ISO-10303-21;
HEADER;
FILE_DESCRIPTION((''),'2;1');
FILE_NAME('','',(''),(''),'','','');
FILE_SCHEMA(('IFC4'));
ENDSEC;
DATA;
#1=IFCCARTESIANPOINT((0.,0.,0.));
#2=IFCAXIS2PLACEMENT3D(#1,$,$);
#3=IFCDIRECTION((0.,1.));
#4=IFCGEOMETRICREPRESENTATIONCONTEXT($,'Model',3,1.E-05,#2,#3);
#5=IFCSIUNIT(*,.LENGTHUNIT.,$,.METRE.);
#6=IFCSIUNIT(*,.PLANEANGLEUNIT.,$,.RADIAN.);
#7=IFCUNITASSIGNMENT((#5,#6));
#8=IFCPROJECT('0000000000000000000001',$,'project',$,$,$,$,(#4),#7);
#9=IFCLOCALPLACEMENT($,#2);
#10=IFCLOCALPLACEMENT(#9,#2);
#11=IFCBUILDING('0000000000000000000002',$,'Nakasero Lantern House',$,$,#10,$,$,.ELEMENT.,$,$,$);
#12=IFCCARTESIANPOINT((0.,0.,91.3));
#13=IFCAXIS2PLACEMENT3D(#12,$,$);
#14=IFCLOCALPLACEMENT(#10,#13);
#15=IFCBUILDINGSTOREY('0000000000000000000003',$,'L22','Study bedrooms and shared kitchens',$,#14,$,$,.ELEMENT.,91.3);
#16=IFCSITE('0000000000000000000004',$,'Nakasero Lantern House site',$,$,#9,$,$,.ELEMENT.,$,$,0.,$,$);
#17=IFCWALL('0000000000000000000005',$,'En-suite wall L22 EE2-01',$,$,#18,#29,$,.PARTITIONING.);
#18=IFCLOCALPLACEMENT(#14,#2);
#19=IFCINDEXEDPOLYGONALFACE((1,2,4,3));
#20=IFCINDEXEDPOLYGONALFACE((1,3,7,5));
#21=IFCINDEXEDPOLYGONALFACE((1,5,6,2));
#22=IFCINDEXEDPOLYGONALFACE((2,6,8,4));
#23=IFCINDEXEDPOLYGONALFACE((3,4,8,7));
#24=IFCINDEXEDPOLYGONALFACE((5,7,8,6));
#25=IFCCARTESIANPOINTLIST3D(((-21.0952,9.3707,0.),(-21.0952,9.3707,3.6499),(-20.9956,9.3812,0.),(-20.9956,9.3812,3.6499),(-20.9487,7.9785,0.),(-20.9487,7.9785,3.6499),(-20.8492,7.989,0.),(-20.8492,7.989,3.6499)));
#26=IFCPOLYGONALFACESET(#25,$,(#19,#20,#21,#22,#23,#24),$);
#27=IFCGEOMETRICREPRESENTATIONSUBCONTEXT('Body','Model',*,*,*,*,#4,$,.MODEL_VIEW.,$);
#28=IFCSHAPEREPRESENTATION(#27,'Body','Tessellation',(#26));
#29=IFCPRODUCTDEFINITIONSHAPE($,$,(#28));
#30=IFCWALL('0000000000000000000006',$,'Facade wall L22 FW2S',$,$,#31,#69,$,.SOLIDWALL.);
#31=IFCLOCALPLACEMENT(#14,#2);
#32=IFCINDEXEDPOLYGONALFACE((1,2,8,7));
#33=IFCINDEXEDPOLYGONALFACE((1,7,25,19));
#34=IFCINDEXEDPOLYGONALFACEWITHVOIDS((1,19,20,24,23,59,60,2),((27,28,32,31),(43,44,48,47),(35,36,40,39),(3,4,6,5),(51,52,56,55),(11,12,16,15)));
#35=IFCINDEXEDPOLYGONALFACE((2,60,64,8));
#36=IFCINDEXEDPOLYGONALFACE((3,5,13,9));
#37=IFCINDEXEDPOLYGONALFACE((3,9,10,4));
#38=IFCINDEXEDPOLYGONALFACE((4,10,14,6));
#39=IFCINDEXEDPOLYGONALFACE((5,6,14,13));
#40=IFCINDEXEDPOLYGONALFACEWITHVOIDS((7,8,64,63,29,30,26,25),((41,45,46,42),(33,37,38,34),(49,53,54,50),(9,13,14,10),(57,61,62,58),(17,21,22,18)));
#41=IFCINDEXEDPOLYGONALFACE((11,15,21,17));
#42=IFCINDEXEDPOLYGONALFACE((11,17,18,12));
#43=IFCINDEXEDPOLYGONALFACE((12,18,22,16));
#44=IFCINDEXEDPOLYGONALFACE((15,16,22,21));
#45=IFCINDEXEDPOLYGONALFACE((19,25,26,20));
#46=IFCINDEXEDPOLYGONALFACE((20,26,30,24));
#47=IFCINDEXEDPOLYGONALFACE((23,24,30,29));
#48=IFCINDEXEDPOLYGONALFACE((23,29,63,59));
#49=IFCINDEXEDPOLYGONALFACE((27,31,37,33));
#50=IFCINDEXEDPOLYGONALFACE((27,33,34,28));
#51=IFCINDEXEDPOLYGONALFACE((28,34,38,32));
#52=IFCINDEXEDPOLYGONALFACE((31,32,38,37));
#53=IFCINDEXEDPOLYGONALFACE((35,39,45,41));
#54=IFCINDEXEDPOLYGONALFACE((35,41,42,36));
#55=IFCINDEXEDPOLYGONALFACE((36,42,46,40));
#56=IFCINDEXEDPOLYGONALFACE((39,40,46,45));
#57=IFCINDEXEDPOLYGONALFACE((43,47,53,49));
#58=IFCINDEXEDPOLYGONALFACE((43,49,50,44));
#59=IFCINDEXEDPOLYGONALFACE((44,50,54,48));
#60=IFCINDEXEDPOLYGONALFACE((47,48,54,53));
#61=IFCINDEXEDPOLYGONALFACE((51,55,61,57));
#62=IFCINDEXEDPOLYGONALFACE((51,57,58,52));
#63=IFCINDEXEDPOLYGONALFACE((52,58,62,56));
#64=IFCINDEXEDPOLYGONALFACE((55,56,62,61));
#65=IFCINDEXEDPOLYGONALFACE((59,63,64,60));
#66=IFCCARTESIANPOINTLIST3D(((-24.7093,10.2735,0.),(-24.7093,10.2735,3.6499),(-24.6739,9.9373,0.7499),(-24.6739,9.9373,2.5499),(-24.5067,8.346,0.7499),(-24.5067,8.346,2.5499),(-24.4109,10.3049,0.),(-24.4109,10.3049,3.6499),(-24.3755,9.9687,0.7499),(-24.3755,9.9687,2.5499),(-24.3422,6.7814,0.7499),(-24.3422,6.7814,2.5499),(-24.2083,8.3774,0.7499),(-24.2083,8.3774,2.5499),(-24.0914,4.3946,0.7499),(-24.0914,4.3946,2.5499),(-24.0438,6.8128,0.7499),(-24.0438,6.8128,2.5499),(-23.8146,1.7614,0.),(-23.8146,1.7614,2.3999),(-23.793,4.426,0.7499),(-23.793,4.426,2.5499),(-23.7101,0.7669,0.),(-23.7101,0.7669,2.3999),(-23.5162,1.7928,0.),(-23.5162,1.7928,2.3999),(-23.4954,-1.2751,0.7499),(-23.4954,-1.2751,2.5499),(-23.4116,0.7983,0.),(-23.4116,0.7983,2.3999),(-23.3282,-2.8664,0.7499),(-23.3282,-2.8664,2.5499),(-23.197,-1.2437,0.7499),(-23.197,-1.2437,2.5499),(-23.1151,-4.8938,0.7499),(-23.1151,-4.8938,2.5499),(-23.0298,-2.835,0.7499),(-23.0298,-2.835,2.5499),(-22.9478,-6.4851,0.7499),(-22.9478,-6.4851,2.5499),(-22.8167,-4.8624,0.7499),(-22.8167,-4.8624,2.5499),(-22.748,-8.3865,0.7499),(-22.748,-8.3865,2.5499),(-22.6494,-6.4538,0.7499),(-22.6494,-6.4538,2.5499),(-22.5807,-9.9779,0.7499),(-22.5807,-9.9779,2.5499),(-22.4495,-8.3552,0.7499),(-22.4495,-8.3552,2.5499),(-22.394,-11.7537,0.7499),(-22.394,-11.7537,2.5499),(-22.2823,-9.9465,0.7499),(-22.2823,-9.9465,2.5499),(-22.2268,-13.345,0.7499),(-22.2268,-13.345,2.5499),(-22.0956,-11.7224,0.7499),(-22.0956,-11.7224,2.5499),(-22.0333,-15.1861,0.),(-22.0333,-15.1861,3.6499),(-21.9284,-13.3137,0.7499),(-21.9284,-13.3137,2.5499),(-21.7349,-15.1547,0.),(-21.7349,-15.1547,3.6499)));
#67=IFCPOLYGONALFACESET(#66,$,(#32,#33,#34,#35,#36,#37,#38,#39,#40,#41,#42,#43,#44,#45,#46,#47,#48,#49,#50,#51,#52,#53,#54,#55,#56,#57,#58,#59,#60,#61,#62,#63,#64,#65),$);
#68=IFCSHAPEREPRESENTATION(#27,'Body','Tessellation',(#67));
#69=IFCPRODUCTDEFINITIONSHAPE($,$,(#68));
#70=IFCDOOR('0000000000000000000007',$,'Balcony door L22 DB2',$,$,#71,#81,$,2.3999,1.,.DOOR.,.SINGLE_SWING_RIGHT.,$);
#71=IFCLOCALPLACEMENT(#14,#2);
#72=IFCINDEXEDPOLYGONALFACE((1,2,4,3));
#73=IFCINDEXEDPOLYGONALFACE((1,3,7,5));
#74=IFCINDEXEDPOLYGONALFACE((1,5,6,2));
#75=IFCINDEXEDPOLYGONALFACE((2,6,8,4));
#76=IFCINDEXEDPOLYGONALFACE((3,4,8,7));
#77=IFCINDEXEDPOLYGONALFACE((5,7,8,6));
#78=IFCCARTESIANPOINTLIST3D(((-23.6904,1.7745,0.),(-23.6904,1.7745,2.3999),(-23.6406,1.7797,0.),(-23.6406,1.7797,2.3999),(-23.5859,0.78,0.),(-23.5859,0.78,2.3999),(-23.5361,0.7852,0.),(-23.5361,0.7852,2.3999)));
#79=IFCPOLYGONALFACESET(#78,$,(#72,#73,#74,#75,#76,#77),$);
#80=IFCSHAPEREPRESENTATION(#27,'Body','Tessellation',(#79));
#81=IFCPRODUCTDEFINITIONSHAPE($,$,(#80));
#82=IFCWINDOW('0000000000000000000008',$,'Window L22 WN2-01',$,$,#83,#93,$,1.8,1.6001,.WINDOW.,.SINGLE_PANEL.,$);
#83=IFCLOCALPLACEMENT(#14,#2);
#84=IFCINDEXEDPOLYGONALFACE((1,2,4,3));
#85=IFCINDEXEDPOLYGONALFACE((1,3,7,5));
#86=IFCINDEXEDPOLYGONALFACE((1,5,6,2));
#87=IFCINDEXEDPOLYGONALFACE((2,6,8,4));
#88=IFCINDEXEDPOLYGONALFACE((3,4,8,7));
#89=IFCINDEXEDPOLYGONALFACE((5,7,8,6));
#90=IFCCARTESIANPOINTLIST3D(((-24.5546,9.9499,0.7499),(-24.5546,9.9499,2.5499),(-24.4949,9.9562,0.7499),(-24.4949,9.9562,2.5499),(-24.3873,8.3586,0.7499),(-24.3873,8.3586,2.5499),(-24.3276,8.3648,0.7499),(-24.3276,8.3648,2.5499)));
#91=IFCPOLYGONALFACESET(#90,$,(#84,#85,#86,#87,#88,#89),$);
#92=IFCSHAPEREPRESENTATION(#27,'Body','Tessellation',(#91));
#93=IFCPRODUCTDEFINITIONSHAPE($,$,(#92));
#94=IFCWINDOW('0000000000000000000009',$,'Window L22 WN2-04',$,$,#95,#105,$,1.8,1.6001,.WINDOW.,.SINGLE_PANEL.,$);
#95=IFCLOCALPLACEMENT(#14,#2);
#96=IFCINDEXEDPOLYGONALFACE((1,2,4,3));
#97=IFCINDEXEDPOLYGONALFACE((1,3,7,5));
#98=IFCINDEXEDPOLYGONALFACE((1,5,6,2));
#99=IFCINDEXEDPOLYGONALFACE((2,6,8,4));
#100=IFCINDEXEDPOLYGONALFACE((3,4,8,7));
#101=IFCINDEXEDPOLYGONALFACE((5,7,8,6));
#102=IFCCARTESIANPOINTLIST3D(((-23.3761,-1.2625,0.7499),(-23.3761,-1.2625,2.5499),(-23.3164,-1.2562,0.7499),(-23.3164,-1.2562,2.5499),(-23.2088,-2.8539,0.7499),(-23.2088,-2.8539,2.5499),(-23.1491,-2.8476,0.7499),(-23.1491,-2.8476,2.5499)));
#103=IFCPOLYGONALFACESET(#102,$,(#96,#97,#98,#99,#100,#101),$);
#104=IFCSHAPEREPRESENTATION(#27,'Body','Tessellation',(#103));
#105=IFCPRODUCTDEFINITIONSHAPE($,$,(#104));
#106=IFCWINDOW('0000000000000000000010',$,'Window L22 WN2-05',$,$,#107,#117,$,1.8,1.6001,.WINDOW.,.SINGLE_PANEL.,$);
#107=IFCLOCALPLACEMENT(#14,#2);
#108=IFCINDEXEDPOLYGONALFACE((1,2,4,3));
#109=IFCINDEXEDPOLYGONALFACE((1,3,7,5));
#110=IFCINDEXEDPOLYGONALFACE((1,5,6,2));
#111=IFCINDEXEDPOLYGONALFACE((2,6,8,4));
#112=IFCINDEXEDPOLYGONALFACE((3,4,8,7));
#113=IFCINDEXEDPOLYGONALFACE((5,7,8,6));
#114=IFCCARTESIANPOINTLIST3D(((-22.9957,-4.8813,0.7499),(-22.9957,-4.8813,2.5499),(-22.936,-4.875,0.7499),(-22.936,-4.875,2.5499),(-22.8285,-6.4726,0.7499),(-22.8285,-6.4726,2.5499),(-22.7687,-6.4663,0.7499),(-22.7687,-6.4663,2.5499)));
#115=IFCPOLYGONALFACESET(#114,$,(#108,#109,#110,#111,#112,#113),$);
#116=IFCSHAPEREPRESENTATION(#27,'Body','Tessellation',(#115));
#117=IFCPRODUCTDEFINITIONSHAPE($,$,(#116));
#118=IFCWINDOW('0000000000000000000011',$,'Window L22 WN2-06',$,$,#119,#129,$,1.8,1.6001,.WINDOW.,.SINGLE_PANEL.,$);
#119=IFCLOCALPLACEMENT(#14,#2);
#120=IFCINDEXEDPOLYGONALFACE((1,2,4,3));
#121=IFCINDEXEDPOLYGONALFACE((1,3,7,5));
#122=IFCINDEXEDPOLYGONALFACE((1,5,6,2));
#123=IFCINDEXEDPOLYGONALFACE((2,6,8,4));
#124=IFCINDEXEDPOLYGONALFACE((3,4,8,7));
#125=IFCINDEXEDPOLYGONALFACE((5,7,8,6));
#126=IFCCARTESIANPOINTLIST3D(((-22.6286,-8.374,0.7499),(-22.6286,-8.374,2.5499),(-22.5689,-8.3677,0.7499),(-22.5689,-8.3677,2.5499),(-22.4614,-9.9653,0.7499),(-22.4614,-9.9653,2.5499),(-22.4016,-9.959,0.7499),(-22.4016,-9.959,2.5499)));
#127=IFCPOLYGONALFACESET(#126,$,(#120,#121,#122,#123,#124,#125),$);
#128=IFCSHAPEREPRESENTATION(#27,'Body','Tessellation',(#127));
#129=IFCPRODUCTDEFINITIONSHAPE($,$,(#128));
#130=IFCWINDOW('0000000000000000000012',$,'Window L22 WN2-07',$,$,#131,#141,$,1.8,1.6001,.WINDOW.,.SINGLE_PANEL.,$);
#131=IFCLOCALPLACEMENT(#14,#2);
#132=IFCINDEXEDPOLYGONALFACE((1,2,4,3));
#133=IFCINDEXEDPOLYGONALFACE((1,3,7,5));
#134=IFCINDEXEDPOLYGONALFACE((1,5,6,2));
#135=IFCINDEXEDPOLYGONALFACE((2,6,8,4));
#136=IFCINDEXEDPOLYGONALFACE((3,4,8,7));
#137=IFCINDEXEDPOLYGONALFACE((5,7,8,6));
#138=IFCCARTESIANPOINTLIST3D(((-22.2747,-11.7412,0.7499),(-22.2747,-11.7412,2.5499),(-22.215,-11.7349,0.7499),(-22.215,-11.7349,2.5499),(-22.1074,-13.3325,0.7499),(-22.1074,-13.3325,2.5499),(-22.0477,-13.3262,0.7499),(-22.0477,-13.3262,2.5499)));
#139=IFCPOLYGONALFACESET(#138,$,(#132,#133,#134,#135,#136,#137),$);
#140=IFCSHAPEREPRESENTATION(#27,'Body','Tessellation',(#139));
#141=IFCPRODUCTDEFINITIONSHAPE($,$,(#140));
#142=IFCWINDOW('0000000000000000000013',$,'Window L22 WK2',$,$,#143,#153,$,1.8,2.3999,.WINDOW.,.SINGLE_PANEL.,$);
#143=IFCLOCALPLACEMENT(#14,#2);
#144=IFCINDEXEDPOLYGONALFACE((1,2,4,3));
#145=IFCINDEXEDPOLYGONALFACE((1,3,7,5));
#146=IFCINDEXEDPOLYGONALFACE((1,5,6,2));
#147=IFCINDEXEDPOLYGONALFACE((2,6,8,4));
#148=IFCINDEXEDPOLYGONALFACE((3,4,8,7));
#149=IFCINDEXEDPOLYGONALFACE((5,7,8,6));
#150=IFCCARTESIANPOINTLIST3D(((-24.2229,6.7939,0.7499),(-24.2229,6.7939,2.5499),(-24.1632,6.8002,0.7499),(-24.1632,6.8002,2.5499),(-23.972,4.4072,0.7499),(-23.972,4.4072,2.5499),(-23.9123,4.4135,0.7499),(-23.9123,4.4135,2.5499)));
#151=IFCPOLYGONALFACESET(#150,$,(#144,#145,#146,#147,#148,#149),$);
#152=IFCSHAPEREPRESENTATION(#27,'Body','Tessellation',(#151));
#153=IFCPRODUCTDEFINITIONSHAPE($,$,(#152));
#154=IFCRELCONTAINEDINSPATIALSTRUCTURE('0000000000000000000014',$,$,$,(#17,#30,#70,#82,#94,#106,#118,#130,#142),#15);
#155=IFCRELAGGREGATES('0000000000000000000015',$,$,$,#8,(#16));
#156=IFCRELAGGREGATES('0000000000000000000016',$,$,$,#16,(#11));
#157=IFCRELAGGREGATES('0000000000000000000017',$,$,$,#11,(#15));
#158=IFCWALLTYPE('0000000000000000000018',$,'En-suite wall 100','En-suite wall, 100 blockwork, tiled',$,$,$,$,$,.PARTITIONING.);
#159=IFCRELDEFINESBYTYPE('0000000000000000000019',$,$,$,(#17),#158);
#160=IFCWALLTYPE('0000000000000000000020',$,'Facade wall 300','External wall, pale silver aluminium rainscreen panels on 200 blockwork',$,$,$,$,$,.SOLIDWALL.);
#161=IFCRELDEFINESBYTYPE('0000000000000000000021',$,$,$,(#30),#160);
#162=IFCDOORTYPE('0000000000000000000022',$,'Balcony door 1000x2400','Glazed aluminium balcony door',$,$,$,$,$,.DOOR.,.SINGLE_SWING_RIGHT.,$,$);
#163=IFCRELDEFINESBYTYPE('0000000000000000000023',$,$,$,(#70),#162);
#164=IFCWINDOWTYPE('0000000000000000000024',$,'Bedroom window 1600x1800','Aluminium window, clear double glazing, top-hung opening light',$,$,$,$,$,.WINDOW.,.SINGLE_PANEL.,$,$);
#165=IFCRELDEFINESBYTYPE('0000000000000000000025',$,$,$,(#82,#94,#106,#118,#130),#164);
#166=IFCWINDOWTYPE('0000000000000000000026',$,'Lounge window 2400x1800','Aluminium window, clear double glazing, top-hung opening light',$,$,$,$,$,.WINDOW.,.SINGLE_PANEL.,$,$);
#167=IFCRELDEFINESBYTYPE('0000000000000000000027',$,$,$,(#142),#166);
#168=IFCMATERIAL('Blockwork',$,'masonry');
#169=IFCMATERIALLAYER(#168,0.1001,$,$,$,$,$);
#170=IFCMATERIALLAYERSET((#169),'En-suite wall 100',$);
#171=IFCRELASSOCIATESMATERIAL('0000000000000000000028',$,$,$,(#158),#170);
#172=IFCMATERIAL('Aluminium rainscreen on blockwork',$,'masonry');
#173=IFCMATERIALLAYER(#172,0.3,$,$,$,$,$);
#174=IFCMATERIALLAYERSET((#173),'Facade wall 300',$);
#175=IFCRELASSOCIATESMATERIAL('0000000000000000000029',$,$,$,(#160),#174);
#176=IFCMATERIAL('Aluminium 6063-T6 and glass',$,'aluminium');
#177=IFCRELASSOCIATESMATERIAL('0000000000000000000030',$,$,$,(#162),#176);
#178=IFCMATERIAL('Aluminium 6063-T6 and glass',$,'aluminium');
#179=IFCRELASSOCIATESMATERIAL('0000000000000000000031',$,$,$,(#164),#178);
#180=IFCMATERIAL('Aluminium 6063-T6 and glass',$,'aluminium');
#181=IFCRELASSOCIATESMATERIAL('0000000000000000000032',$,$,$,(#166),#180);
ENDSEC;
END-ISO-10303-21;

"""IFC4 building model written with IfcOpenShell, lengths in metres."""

from ifc_helpers import new_model, si_unit, direction, frame, frame_2d, origin, place, context, subcontext, project, spatial, rectangle, extrude, material, layer, layer_set, type_object, element, fill, save


model = new_model("IFC4")

# Units and contexts
model_context = context("Model", 3, precision=1e-05, world=origin(), true_north=direction((0.0, 1.0)))
body_context = subcontext(model_context, "Body", "Model", "MODEL_VIEW")
ifc_project = project(units=[si_unit("LENGTHUNIT", "METRE"), si_unit("PLANEANGLEUNIT", "RADIAN")], contexts=[model_context])

# Site, building, storey
site_placement = place(None, origin())
site = spatial("IfcSite", under=ifc_project, at=site_placement, Name="Nakasero Lantern House site", CompositionType="ELEMENT", RefElevation=0.0)
building_placement = place(site_placement, origin())
building = spatial("IfcBuilding", under=site, at=building_placement, Name="Nakasero Lantern House", CompositionType="ELEMENT")
storey_placement = place(building_placement, frame((0.0, 0.0, 91.3)))
storey = spatial("IfcBuildingStorey", under=building, at=storey_placement, Name="L22", Description="Study bedrooms and shared kitchens", CompositionType="ELEMENT", Elevation=91.3)

# Shared definitions
ifc_material_1 = material(Name="Blockwork", Category="masonry")
ifc_layer_1 = layer(ifc_material_1, 0.1001)
ifc_layer_set_1 = layer_set([ifc_layer_1], Name="En-suite wall 100")
wall_type_1 = type_object("IfcWallType", Name="En-suite wall 100", Description="En-suite wall, 100 blockwork, tiled", PredefinedType="PARTITIONING", material=ifc_layer_set_1)

# Wall
wall_1_placement = place(storey_placement, frame((-21.0454, 9.376, 0.0), z_axis=(0.0, 0.0, 1.0), x_axis=(0.10463, -0.994511, 0.0)))
element("IfcWall", 1, at=wall_1_placement, inside=storey, type_object=wall_type_1, Name="En-suite wall L22 EE2-01", PredefinedType="PARTITIONING", context=body_context, shape_type="SweptSolid", body=[
    extrude(rectangle(XDim=1.3999, YDim=0.1001, at=frame_2d((0.7, 0.0))), origin(), (0.0, 0.0, 1.0), 3.6499),
])

# Wall, openings, door, windows
ifc_material_2 = material(Name="Aluminium rainscreen on blockwork", Category="masonry")
ifc_layer_2 = layer(ifc_material_2, 0.3)
ifc_layer_set_2 = layer_set([ifc_layer_2], Name="Facade wall 300")
wall_type_2 = type_object("IfcWallType", Name="Facade wall 300", Description="External wall, pale silver aluminium rainscreen panels on 200 blockwork", PredefinedType="SOLIDWALL", material=ifc_layer_set_2)
wall_2_placement = place(storey_placement, frame((-24.5601, 10.2891, 0.0), z_axis=(0.0, 0.0, 1.0), x_axis=(0.104532, -0.994521, 0.0)))
wall_2 = element("IfcWall", 2, at=wall_2_placement, inside=storey, type_object=wall_type_2, Name="Facade wall L22 FW2S", PredefinedType="SOLIDWALL", context=body_context, shape_type="SweptSolid", body=[
    extrude(rectangle(XDim=25.5999, YDim=0.3, at=frame_2d((12.7998, 0.0))), origin(), (0.0, 0.0, 1.0), 3.6499),
])
opening_1_placement = place(wall_2_placement, frame((0.3379, 0.0, 0.75)))
opening_1 = element("IfcOpeningElement", 3, at=opening_1_placement, cuts=wall_2, PredefinedType="OPENING", context=body_context, shape_type="SweptSolid", body=[
    extrude(rectangle(XDim=1.6001, YDim=1.8, at=frame_2d((0.8, 0.8999))), frame((0.0, 0.1699, 0.0), z_axis=(0.0, -1.0, 0.0), x_axis=(1.0, 0.0, 0.0)), (0.0, 0.0, 1.0), 0.3401),
])
opening_2_placement = place(wall_2_placement, frame((11.6121, 0.0, 0.75)))
opening_2 = element("IfcOpeningElement", 4, at=opening_2_placement, cuts=wall_2, PredefinedType="OPENING", context=body_context, shape_type="SweptSolid", body=[
    extrude(rectangle(XDim=1.6001, YDim=1.8, at=frame_2d((0.8, 0.8999))), frame((0.0, 0.1699, 0.0), z_axis=(0.0, -1.0, 0.0), x_axis=(1.0, 0.0, 0.0)), (0.0, 0.0, 1.0), 0.3401),
])
opening_3_placement = place(wall_2_placement, frame((15.2507, 0.0, 0.75)))
opening_3 = element("IfcOpeningElement", 5, at=opening_3_placement, cuts=wall_2, PredefinedType="OPENING", context=body_context, shape_type="SweptSolid", body=[
    extrude(rectangle(XDim=1.6001, YDim=1.8, at=frame_2d((0.8, 0.8999))), frame((0.0, 0.1699, 0.0), z_axis=(0.0, -1.0, 0.0), x_axis=(1.0, 0.0, 0.0)), (0.0, 0.0, 1.0), 0.3401),
])
opening_4_placement = place(wall_2_placement, frame((18.7627, 0.0, 0.75)))
opening_4 = element("IfcOpeningElement", 6, at=opening_4_placement, cuts=wall_2, PredefinedType="OPENING", context=body_context, shape_type="SweptSolid", body=[
    extrude(rectangle(XDim=1.6001, YDim=1.8, at=frame_2d((0.8, 0.8999))), frame((0.0, 0.1699, 0.0), z_axis=(0.0, -1.0, 0.0), x_axis=(1.0, 0.0, 0.0)), (0.0, 0.0, 1.0), 0.3401),
])
opening_5_placement = place(wall_2_placement, frame((22.1484, 0.0, 0.75)))
opening_5 = element("IfcOpeningElement", 7, at=opening_5_placement, cuts=wall_2, PredefinedType="OPENING", context=body_context, shape_type="SweptSolid", body=[
    extrude(rectangle(XDim=1.6001, YDim=1.8, at=frame_2d((0.8, 0.8999))), frame((0.0, 0.1699, 0.0), z_axis=(0.0, -1.0, 0.0), x_axis=(1.0, 0.0, 0.0)), (0.0, 0.0, 1.0), 0.3401),
])
opening_6_placement = place(wall_2_placement, frame((3.5112, 0.0, 0.75)))
opening_6 = element("IfcOpeningElement", 8, at=opening_6_placement, cuts=wall_2, PredefinedType="OPENING", context=body_context, shape_type="SweptSolid", body=[
    extrude(rectangle(XDim=2.3999, YDim=1.8, at=frame_2d((1.2, 0.8999))), frame((0.0, 0.1699, 0.0), z_axis=(0.0, -1.0, 0.0), x_axis=(1.0, 0.0, 0.0)), (0.0, 0.0, 1.0), 0.3401),
])
opening_7_placement = place(wall_2_placement, frame((8.5588, 0.0, 0.0)))
opening_7 = element("IfcOpeningElement", 9, at=opening_7_placement, cuts=wall_2, PredefinedType="OPENING", context=body_context, shape_type="SweptSolid", body=[
    extrude(rectangle(XDim=1.0, YDim=2.3999, at=frame_2d((0.5, 1.2))), frame((0.0, 0.1699, 0.0), z_axis=(0.0, -1.0, 0.0), x_axis=(1.0, 0.0, 0.0)), (0.0, 0.0, 1.0), 0.3401),
])
ifc_material_3 = material(Name="Aluminium 6063-T6 and glass", Category="aluminium")
door_type_1 = type_object("IfcDoorType", Name="Balcony door 1000x2400", Description="Glazed aluminium balcony door", OperationType="SINGLE_SWING_RIGHT", PredefinedType="DOOR", material=ifc_material_3)
door_1_placement = place(opening_7_placement, origin())
door_1 = element("IfcDoor", 10, at=door_1_placement, inside=storey, type_object=door_type_1, Name="Balcony door L22 DB2", OperationType="SINGLE_SWING_RIGHT", OverallHeight=2.3999, OverallWidth=1.0, PredefinedType="DOOR", context=body_context, shape_type="SweptSolid", body=[
    extrude(rectangle(XDim=1.0, YDim=2.3999, at=frame_2d((0.5, 1.2))), frame((0.0, 0.0249, 0.0), z_axis=(0.0, -1.0, 0.0), x_axis=(1.0, 0.0, 0.0)), (0.0, 0.0, 1.0), 0.05),
])
fill(opening_7, door_1)
ifc_material_4 = material(Name="Aluminium 6063-T6 and glass", Category="aluminium")
window_type_1 = type_object("IfcWindowType", Name="Bedroom window 1600x1800", Description="Aluminium window, clear double glazing, top-hung opening light", PartitioningType="SINGLE_PANEL", PredefinedType="WINDOW", material=ifc_material_4)
window_1_placement = place(opening_1_placement, origin())
window_1 = element("IfcWindow", 11, at=window_1_placement, inside=storey, type_object=window_type_1, Name="Window L22 WN2-01", OverallHeight=1.8, OverallWidth=1.6001, PartitioningType="SINGLE_PANEL", PredefinedType="WINDOW", context=body_context, shape_type="SweptSolid", body=[
    extrude(rectangle(XDim=1.6001, YDim=1.8, at=frame_2d((0.8, 0.8999))), frame((0.0, 0.03, 0.0), z_axis=(0.0, -1.0, 0.0), x_axis=(1.0, 0.0, 0.0)), (0.0, 0.0, 1.0), 0.0601),
])
fill(opening_1, window_1)
window_2_placement = place(opening_2_placement, origin())
window_2 = element("IfcWindow", 12, at=window_2_placement, inside=storey, type_object=window_type_1, Name="Window L22 WN2-04", OverallHeight=1.8, OverallWidth=1.6001, PartitioningType="SINGLE_PANEL", PredefinedType="WINDOW", context=body_context, shape_type="SweptSolid", body=[
    extrude(rectangle(XDim=1.6001, YDim=1.8, at=frame_2d((0.8, 0.8999))), frame((0.0, 0.03, 0.0), z_axis=(0.0, -1.0, 0.0), x_axis=(1.0, 0.0, 0.0)), (0.0, 0.0, 1.0), 0.0601),
])
fill(opening_2, window_2)
window_3_placement = place(opening_3_placement, origin())
window_3 = element("IfcWindow", 13, at=window_3_placement, inside=storey, type_object=window_type_1, Name="Window L22 WN2-05", OverallHeight=1.8, OverallWidth=1.6001, PartitioningType="SINGLE_PANEL", PredefinedType="WINDOW", context=body_context, shape_type="SweptSolid", body=[
    extrude(rectangle(XDim=1.6001, YDim=1.8, at=frame_2d((0.8, 0.8999))), frame((0.0, 0.03, 0.0), z_axis=(0.0, -1.0, 0.0), x_axis=(1.0, 0.0, 0.0)), (0.0, 0.0, 1.0), 0.0601),
])
fill(opening_3, window_3)
window_4_placement = place(opening_4_placement, origin())
window_4 = element("IfcWindow", 14, at=window_4_placement, inside=storey, type_object=window_type_1, Name="Window L22 WN2-06", OverallHeight=1.8, OverallWidth=1.6001, PartitioningType="SINGLE_PANEL", PredefinedType="WINDOW", context=body_context, shape_type="SweptSolid", body=[
    extrude(rectangle(XDim=1.6001, YDim=1.8, at=frame_2d((0.8, 0.8999))), frame((0.0, 0.03, 0.0), z_axis=(0.0, -1.0, 0.0), x_axis=(1.0, 0.0, 0.0)), (0.0, 0.0, 1.0), 0.0601),
])
fill(opening_4, window_4)
window_5_placement = place(opening_5_placement, origin())
window_5 = element("IfcWindow", 15, at=window_5_placement, inside=storey, type_object=window_type_1, Name="Window L22 WN2-07", OverallHeight=1.8, OverallWidth=1.6001, PartitioningType="SINGLE_PANEL", PredefinedType="WINDOW", context=body_context, shape_type="SweptSolid", body=[
    extrude(rectangle(XDim=1.6001, YDim=1.8, at=frame_2d((0.8, 0.8999))), frame((0.0, 0.03, 0.0), z_axis=(0.0, -1.0, 0.0), x_axis=(1.0, 0.0, 0.0)), (0.0, 0.0, 1.0), 0.0601),
])
fill(opening_5, window_5)
ifc_material_5 = material(Name="Aluminium 6063-T6 and glass", Category="aluminium")
window_type_2 = type_object("IfcWindowType", Name="Lounge window 2400x1800", Description="Aluminium window, clear double glazing, top-hung opening light", PartitioningType="SINGLE_PANEL", PredefinedType="WINDOW", material=ifc_material_5)
window_6_placement = place(opening_6_placement, origin())
window_6 = element("IfcWindow", 16, at=window_6_placement, inside=storey, type_object=window_type_2, Name="Window L22 WK2", OverallHeight=1.8, OverallWidth=2.3999, PartitioningType="SINGLE_PANEL", PredefinedType="WINDOW", context=body_context, shape_type="SweptSolid", body=[
    extrude(rectangle(XDim=2.3999, YDim=1.8, at=frame_2d((1.2, 0.8999))), frame((0.0, 0.03, 0.0), z_axis=(0.0, -1.0, 0.0), x_axis=(1.0, 0.0, 0.0)), (0.0, 0.0, 1.0), 0.0601),
])
fill(opening_6, window_6)

save(model, "model.ifc")
